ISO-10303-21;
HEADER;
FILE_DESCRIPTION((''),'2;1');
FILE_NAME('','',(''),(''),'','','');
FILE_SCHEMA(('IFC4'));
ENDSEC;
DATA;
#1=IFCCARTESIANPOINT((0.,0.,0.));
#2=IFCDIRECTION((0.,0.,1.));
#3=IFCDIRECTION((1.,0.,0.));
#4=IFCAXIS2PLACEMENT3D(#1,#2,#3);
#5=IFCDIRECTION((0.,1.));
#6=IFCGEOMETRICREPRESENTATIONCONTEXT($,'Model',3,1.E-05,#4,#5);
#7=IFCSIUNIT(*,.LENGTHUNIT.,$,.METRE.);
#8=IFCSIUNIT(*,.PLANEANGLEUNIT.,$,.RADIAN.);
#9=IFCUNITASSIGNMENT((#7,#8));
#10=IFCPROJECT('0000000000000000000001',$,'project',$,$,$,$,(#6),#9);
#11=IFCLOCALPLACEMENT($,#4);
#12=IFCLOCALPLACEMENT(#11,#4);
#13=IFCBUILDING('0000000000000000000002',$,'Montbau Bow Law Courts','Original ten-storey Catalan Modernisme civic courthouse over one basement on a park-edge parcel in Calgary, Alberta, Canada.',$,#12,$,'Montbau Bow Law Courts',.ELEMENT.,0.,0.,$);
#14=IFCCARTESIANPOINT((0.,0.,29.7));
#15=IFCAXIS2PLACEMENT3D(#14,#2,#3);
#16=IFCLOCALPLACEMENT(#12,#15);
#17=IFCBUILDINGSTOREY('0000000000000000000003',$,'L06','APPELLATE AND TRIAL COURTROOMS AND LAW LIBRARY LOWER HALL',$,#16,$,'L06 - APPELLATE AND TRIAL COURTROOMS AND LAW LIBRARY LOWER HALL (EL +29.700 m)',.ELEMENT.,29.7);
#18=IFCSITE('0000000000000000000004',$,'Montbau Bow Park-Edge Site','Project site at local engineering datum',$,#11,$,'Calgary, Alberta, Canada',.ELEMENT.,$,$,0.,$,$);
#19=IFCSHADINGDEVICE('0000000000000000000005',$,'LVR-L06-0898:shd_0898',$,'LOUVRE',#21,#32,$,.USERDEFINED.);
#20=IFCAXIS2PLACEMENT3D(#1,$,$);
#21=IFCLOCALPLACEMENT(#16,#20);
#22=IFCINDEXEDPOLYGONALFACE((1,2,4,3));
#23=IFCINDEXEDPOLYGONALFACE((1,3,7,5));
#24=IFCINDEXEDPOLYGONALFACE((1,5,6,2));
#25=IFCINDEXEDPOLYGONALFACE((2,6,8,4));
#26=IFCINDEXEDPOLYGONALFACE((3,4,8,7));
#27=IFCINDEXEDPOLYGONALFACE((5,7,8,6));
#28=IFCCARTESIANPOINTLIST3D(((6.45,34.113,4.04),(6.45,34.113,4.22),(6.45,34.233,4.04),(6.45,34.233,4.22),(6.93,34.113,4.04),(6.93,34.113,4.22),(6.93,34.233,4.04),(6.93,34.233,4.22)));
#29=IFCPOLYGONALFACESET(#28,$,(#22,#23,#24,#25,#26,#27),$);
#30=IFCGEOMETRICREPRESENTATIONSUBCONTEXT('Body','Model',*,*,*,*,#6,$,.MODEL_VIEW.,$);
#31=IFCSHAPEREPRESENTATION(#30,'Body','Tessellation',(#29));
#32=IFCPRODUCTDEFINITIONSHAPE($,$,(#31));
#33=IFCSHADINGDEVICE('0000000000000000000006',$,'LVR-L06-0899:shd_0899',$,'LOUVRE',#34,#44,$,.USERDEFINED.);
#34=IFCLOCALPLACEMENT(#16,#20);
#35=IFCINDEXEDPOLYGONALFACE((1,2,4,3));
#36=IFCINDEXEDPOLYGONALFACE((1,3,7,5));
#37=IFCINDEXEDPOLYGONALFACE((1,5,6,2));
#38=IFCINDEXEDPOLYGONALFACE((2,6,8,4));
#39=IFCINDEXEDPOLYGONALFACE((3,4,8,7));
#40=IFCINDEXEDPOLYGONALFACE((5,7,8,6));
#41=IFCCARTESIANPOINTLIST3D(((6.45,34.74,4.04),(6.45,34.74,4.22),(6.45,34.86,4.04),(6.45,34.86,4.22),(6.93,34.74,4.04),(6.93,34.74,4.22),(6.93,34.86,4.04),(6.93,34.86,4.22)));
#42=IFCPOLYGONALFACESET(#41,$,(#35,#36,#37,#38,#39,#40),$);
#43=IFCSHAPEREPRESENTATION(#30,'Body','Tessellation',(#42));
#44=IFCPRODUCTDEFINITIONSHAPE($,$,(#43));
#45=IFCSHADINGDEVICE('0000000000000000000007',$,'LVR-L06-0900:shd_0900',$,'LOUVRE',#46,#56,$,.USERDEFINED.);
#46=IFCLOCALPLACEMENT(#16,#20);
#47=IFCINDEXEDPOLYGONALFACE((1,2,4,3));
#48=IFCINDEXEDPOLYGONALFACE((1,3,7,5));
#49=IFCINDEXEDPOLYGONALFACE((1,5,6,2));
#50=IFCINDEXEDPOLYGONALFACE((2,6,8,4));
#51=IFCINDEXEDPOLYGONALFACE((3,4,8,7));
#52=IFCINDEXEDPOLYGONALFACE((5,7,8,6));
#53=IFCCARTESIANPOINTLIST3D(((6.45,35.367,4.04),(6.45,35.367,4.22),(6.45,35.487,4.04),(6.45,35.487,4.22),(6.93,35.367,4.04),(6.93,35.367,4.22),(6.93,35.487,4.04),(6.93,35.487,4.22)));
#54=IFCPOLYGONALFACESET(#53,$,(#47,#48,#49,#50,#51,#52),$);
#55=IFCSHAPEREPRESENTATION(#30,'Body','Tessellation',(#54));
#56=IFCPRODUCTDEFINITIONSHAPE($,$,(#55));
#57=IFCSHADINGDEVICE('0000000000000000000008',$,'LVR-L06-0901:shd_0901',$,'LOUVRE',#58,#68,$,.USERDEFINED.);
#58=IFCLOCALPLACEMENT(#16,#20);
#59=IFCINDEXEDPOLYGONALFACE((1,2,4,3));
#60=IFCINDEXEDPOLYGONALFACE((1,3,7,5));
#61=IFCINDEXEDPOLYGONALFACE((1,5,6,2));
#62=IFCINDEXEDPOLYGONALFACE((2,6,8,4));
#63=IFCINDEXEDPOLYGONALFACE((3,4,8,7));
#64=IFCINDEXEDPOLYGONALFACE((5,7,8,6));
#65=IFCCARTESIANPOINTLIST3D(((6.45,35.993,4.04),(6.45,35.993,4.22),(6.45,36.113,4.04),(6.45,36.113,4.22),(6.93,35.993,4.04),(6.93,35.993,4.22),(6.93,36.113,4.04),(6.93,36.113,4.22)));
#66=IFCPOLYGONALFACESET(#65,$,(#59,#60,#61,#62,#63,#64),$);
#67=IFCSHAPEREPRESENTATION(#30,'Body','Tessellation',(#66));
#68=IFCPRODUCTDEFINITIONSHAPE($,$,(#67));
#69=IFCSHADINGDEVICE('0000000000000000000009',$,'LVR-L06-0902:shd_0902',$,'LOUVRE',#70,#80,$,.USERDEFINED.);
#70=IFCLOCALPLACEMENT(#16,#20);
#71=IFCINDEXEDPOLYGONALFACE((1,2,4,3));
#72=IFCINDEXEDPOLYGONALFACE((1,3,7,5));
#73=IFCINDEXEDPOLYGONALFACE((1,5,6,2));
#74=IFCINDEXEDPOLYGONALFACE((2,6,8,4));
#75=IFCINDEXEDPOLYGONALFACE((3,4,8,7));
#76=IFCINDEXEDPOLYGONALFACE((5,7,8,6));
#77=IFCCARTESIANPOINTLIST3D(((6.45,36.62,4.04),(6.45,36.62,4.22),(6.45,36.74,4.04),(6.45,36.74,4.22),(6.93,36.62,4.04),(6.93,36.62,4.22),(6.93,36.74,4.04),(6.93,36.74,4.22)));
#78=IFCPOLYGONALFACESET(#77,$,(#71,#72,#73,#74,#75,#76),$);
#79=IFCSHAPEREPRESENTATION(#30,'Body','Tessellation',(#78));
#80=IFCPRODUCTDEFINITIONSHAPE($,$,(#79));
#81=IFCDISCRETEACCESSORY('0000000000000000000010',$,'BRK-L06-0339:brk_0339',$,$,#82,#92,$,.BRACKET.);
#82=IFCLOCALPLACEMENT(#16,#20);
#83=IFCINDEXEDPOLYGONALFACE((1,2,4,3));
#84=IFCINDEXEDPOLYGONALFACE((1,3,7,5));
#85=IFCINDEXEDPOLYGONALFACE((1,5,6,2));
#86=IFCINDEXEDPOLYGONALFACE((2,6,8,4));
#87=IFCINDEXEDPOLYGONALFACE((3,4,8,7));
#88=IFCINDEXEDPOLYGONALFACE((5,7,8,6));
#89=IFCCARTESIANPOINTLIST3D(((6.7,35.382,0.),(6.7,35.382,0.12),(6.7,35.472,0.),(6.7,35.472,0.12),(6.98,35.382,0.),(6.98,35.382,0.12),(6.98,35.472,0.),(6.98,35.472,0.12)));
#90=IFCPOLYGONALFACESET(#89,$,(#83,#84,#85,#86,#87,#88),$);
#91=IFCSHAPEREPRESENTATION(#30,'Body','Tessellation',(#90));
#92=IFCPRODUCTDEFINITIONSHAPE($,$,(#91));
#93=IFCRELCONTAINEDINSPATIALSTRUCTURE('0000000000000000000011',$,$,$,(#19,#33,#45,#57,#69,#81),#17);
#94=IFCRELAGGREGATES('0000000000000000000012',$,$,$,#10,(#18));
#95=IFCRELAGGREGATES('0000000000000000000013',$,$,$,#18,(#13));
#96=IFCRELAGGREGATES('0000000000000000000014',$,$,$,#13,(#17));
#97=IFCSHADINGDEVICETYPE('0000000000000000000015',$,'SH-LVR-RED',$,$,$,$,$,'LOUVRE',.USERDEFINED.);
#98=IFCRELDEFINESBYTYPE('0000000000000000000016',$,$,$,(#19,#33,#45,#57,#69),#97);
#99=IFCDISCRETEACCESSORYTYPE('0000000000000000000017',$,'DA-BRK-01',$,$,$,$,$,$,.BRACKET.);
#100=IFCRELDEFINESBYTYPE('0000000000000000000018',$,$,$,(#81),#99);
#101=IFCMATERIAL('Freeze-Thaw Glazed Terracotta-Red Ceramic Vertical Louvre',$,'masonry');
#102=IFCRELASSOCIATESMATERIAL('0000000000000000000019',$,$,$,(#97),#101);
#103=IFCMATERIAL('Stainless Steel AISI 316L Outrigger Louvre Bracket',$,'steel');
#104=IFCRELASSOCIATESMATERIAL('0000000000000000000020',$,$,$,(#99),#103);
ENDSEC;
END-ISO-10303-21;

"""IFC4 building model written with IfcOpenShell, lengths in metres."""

from ifc_helpers import new_model, si_unit, direction, frame, origin_with_axes, origin_2d_with_axis, place, context, subcontext, project, spatial, rectangle, extrude, material, type_object, element, save


model = new_model("IFC4")

# Units and contexts
model_context = context("Model", 3, precision=1e-05, world=origin_with_axes(), true_north=direction((0.0, 1.0)))
body_context = subcontext(model_context, "Body", "Model", "MODEL_VIEW")
ifc_project = project(units=[si_unit("LENGTHUNIT", "METRE"), si_unit("PLANEANGLEUNIT", "RADIAN")], contexts=[model_context])

# Site, building, storey
site_placement = place(None, origin_with_axes())
site = spatial("IfcSite", under=ifc_project, at=site_placement, Name="Montbau Bow Park-Edge Site", Description="Project site at local engineering datum", LongName="Calgary, Alberta, Canada", CompositionType="ELEMENT", RefElevation=0.0)
building_placement = place(site_placement, origin_with_axes())
building = spatial("IfcBuilding", under=site, at=building_placement, Name="Montbau Bow Law Courts", Description="Original ten-storey Catalan Modernisme civic courthouse over one basement on a park-edge parcel in Calgary, Alberta, Canada.", LongName="Montbau Bow Law Courts", CompositionType="ELEMENT", ElevationOfRefHeight=0.0, ElevationOfTerrain=0.0)
storey_placement = place(building_placement, frame((0.0, 0.0, 29.7), z_axis=(0.0, 0.0, 1.0), x_axis=(1.0, 0.0, 0.0)))
storey = spatial("IfcBuildingStorey", under=building, at=storey_placement, Name="L06", Description="APPELLATE AND TRIAL COURTROOMS AND LAW LIBRARY LOWER HALL", LongName="L06 - APPELLATE AND TRIAL COURTROOMS AND LAW LIBRARY LOWER HALL (EL +29.700 m)", CompositionType="ELEMENT", Elevation=29.7)

# Shared definitions
ifc_material_1 = material(Name="Freeze-Thaw Glazed Terracotta-Red Ceramic Vertical Louvre", Category="masonry")

# Shading devices
shading_device_type = type_object("IfcShadingDeviceType", Name="SH-LVR-RED", ElementType="LOUVRE", PredefinedType="USERDEFINED", material=ifc_material_1)
for number, where, z_axis, x_axis, name in (
    (1, (6.69, 34.173, 33.74), (0.0, 0.0, 1.0), (-1.0, 0.0, 0.0), "LVR-L06-0898:shd_0898"),
    (2, (6.69, 34.8, 33.74), (0.0, 0.0, 1.0), (-1.0, 0.0, 0.0), "LVR-L06-0899:shd_0899"),
    (3, (6.69, 35.427, 33.74), (0.0, 0.0, 1.0), (-1.0, 0.0, 0.0), "LVR-L06-0900:shd_0900"),
    (4, (6.69, 36.053, 33.74), (0.0, 0.0, 1.0), (-1.0, 0.0, 0.0), "LVR-L06-0901:shd_0901"),
    (5, (6.69, 36.68, 33.74), (0.0, 0.0, 1.0), (-1.0, 0.0, 0.0), "LVR-L06-0902:shd_0902"),
):
    element("IfcShadingDevice", number, at=place(None, frame(where, z_axis=z_axis, x_axis=x_axis)), inside=storey, type_object=shading_device_type, Name=name, ObjectType="LOUVRE", PredefinedType="USERDEFINED", context=body_context, shape_type="SweptSolid", body=[
        extrude(rectangle(XDim=0.48, YDim=0.12, at=origin_2d_with_axis()), origin_with_axes(), (0.0, 0.0, 1.0), 0.18),
    ])

# Discrete accessory
ifc_material_2 = material(Name="Stainless Steel AISI 316L Outrigger Louvre Bracket", Category="steel")
discrete_accessory_type = type_object("IfcDiscreteAccessoryType", Name="DA-BRK-01", PredefinedType="BRACKET", material=ifc_material_2)
discrete_accessory_placement = place(None, frame((6.84, 35.427, 29.7), z_axis=(0.0, 0.0, 1.0), x_axis=(-1.0, 0.0, 0.0)))
element("IfcDiscreteAccessory", 6, at=discrete_accessory_placement, inside=storey, type_object=discrete_accessory_type, Name="BRK-L06-0339:brk_0339", PredefinedType="BRACKET", context=body_context, shape_type="SweptSolid", body=[
    extrude(rectangle(XDim=0.28, YDim=0.09, at=origin_2d_with_axis()), origin_with_axes(), (0.0, 0.0, 1.0), 0.12),
])

save(model, "model.ifc")
